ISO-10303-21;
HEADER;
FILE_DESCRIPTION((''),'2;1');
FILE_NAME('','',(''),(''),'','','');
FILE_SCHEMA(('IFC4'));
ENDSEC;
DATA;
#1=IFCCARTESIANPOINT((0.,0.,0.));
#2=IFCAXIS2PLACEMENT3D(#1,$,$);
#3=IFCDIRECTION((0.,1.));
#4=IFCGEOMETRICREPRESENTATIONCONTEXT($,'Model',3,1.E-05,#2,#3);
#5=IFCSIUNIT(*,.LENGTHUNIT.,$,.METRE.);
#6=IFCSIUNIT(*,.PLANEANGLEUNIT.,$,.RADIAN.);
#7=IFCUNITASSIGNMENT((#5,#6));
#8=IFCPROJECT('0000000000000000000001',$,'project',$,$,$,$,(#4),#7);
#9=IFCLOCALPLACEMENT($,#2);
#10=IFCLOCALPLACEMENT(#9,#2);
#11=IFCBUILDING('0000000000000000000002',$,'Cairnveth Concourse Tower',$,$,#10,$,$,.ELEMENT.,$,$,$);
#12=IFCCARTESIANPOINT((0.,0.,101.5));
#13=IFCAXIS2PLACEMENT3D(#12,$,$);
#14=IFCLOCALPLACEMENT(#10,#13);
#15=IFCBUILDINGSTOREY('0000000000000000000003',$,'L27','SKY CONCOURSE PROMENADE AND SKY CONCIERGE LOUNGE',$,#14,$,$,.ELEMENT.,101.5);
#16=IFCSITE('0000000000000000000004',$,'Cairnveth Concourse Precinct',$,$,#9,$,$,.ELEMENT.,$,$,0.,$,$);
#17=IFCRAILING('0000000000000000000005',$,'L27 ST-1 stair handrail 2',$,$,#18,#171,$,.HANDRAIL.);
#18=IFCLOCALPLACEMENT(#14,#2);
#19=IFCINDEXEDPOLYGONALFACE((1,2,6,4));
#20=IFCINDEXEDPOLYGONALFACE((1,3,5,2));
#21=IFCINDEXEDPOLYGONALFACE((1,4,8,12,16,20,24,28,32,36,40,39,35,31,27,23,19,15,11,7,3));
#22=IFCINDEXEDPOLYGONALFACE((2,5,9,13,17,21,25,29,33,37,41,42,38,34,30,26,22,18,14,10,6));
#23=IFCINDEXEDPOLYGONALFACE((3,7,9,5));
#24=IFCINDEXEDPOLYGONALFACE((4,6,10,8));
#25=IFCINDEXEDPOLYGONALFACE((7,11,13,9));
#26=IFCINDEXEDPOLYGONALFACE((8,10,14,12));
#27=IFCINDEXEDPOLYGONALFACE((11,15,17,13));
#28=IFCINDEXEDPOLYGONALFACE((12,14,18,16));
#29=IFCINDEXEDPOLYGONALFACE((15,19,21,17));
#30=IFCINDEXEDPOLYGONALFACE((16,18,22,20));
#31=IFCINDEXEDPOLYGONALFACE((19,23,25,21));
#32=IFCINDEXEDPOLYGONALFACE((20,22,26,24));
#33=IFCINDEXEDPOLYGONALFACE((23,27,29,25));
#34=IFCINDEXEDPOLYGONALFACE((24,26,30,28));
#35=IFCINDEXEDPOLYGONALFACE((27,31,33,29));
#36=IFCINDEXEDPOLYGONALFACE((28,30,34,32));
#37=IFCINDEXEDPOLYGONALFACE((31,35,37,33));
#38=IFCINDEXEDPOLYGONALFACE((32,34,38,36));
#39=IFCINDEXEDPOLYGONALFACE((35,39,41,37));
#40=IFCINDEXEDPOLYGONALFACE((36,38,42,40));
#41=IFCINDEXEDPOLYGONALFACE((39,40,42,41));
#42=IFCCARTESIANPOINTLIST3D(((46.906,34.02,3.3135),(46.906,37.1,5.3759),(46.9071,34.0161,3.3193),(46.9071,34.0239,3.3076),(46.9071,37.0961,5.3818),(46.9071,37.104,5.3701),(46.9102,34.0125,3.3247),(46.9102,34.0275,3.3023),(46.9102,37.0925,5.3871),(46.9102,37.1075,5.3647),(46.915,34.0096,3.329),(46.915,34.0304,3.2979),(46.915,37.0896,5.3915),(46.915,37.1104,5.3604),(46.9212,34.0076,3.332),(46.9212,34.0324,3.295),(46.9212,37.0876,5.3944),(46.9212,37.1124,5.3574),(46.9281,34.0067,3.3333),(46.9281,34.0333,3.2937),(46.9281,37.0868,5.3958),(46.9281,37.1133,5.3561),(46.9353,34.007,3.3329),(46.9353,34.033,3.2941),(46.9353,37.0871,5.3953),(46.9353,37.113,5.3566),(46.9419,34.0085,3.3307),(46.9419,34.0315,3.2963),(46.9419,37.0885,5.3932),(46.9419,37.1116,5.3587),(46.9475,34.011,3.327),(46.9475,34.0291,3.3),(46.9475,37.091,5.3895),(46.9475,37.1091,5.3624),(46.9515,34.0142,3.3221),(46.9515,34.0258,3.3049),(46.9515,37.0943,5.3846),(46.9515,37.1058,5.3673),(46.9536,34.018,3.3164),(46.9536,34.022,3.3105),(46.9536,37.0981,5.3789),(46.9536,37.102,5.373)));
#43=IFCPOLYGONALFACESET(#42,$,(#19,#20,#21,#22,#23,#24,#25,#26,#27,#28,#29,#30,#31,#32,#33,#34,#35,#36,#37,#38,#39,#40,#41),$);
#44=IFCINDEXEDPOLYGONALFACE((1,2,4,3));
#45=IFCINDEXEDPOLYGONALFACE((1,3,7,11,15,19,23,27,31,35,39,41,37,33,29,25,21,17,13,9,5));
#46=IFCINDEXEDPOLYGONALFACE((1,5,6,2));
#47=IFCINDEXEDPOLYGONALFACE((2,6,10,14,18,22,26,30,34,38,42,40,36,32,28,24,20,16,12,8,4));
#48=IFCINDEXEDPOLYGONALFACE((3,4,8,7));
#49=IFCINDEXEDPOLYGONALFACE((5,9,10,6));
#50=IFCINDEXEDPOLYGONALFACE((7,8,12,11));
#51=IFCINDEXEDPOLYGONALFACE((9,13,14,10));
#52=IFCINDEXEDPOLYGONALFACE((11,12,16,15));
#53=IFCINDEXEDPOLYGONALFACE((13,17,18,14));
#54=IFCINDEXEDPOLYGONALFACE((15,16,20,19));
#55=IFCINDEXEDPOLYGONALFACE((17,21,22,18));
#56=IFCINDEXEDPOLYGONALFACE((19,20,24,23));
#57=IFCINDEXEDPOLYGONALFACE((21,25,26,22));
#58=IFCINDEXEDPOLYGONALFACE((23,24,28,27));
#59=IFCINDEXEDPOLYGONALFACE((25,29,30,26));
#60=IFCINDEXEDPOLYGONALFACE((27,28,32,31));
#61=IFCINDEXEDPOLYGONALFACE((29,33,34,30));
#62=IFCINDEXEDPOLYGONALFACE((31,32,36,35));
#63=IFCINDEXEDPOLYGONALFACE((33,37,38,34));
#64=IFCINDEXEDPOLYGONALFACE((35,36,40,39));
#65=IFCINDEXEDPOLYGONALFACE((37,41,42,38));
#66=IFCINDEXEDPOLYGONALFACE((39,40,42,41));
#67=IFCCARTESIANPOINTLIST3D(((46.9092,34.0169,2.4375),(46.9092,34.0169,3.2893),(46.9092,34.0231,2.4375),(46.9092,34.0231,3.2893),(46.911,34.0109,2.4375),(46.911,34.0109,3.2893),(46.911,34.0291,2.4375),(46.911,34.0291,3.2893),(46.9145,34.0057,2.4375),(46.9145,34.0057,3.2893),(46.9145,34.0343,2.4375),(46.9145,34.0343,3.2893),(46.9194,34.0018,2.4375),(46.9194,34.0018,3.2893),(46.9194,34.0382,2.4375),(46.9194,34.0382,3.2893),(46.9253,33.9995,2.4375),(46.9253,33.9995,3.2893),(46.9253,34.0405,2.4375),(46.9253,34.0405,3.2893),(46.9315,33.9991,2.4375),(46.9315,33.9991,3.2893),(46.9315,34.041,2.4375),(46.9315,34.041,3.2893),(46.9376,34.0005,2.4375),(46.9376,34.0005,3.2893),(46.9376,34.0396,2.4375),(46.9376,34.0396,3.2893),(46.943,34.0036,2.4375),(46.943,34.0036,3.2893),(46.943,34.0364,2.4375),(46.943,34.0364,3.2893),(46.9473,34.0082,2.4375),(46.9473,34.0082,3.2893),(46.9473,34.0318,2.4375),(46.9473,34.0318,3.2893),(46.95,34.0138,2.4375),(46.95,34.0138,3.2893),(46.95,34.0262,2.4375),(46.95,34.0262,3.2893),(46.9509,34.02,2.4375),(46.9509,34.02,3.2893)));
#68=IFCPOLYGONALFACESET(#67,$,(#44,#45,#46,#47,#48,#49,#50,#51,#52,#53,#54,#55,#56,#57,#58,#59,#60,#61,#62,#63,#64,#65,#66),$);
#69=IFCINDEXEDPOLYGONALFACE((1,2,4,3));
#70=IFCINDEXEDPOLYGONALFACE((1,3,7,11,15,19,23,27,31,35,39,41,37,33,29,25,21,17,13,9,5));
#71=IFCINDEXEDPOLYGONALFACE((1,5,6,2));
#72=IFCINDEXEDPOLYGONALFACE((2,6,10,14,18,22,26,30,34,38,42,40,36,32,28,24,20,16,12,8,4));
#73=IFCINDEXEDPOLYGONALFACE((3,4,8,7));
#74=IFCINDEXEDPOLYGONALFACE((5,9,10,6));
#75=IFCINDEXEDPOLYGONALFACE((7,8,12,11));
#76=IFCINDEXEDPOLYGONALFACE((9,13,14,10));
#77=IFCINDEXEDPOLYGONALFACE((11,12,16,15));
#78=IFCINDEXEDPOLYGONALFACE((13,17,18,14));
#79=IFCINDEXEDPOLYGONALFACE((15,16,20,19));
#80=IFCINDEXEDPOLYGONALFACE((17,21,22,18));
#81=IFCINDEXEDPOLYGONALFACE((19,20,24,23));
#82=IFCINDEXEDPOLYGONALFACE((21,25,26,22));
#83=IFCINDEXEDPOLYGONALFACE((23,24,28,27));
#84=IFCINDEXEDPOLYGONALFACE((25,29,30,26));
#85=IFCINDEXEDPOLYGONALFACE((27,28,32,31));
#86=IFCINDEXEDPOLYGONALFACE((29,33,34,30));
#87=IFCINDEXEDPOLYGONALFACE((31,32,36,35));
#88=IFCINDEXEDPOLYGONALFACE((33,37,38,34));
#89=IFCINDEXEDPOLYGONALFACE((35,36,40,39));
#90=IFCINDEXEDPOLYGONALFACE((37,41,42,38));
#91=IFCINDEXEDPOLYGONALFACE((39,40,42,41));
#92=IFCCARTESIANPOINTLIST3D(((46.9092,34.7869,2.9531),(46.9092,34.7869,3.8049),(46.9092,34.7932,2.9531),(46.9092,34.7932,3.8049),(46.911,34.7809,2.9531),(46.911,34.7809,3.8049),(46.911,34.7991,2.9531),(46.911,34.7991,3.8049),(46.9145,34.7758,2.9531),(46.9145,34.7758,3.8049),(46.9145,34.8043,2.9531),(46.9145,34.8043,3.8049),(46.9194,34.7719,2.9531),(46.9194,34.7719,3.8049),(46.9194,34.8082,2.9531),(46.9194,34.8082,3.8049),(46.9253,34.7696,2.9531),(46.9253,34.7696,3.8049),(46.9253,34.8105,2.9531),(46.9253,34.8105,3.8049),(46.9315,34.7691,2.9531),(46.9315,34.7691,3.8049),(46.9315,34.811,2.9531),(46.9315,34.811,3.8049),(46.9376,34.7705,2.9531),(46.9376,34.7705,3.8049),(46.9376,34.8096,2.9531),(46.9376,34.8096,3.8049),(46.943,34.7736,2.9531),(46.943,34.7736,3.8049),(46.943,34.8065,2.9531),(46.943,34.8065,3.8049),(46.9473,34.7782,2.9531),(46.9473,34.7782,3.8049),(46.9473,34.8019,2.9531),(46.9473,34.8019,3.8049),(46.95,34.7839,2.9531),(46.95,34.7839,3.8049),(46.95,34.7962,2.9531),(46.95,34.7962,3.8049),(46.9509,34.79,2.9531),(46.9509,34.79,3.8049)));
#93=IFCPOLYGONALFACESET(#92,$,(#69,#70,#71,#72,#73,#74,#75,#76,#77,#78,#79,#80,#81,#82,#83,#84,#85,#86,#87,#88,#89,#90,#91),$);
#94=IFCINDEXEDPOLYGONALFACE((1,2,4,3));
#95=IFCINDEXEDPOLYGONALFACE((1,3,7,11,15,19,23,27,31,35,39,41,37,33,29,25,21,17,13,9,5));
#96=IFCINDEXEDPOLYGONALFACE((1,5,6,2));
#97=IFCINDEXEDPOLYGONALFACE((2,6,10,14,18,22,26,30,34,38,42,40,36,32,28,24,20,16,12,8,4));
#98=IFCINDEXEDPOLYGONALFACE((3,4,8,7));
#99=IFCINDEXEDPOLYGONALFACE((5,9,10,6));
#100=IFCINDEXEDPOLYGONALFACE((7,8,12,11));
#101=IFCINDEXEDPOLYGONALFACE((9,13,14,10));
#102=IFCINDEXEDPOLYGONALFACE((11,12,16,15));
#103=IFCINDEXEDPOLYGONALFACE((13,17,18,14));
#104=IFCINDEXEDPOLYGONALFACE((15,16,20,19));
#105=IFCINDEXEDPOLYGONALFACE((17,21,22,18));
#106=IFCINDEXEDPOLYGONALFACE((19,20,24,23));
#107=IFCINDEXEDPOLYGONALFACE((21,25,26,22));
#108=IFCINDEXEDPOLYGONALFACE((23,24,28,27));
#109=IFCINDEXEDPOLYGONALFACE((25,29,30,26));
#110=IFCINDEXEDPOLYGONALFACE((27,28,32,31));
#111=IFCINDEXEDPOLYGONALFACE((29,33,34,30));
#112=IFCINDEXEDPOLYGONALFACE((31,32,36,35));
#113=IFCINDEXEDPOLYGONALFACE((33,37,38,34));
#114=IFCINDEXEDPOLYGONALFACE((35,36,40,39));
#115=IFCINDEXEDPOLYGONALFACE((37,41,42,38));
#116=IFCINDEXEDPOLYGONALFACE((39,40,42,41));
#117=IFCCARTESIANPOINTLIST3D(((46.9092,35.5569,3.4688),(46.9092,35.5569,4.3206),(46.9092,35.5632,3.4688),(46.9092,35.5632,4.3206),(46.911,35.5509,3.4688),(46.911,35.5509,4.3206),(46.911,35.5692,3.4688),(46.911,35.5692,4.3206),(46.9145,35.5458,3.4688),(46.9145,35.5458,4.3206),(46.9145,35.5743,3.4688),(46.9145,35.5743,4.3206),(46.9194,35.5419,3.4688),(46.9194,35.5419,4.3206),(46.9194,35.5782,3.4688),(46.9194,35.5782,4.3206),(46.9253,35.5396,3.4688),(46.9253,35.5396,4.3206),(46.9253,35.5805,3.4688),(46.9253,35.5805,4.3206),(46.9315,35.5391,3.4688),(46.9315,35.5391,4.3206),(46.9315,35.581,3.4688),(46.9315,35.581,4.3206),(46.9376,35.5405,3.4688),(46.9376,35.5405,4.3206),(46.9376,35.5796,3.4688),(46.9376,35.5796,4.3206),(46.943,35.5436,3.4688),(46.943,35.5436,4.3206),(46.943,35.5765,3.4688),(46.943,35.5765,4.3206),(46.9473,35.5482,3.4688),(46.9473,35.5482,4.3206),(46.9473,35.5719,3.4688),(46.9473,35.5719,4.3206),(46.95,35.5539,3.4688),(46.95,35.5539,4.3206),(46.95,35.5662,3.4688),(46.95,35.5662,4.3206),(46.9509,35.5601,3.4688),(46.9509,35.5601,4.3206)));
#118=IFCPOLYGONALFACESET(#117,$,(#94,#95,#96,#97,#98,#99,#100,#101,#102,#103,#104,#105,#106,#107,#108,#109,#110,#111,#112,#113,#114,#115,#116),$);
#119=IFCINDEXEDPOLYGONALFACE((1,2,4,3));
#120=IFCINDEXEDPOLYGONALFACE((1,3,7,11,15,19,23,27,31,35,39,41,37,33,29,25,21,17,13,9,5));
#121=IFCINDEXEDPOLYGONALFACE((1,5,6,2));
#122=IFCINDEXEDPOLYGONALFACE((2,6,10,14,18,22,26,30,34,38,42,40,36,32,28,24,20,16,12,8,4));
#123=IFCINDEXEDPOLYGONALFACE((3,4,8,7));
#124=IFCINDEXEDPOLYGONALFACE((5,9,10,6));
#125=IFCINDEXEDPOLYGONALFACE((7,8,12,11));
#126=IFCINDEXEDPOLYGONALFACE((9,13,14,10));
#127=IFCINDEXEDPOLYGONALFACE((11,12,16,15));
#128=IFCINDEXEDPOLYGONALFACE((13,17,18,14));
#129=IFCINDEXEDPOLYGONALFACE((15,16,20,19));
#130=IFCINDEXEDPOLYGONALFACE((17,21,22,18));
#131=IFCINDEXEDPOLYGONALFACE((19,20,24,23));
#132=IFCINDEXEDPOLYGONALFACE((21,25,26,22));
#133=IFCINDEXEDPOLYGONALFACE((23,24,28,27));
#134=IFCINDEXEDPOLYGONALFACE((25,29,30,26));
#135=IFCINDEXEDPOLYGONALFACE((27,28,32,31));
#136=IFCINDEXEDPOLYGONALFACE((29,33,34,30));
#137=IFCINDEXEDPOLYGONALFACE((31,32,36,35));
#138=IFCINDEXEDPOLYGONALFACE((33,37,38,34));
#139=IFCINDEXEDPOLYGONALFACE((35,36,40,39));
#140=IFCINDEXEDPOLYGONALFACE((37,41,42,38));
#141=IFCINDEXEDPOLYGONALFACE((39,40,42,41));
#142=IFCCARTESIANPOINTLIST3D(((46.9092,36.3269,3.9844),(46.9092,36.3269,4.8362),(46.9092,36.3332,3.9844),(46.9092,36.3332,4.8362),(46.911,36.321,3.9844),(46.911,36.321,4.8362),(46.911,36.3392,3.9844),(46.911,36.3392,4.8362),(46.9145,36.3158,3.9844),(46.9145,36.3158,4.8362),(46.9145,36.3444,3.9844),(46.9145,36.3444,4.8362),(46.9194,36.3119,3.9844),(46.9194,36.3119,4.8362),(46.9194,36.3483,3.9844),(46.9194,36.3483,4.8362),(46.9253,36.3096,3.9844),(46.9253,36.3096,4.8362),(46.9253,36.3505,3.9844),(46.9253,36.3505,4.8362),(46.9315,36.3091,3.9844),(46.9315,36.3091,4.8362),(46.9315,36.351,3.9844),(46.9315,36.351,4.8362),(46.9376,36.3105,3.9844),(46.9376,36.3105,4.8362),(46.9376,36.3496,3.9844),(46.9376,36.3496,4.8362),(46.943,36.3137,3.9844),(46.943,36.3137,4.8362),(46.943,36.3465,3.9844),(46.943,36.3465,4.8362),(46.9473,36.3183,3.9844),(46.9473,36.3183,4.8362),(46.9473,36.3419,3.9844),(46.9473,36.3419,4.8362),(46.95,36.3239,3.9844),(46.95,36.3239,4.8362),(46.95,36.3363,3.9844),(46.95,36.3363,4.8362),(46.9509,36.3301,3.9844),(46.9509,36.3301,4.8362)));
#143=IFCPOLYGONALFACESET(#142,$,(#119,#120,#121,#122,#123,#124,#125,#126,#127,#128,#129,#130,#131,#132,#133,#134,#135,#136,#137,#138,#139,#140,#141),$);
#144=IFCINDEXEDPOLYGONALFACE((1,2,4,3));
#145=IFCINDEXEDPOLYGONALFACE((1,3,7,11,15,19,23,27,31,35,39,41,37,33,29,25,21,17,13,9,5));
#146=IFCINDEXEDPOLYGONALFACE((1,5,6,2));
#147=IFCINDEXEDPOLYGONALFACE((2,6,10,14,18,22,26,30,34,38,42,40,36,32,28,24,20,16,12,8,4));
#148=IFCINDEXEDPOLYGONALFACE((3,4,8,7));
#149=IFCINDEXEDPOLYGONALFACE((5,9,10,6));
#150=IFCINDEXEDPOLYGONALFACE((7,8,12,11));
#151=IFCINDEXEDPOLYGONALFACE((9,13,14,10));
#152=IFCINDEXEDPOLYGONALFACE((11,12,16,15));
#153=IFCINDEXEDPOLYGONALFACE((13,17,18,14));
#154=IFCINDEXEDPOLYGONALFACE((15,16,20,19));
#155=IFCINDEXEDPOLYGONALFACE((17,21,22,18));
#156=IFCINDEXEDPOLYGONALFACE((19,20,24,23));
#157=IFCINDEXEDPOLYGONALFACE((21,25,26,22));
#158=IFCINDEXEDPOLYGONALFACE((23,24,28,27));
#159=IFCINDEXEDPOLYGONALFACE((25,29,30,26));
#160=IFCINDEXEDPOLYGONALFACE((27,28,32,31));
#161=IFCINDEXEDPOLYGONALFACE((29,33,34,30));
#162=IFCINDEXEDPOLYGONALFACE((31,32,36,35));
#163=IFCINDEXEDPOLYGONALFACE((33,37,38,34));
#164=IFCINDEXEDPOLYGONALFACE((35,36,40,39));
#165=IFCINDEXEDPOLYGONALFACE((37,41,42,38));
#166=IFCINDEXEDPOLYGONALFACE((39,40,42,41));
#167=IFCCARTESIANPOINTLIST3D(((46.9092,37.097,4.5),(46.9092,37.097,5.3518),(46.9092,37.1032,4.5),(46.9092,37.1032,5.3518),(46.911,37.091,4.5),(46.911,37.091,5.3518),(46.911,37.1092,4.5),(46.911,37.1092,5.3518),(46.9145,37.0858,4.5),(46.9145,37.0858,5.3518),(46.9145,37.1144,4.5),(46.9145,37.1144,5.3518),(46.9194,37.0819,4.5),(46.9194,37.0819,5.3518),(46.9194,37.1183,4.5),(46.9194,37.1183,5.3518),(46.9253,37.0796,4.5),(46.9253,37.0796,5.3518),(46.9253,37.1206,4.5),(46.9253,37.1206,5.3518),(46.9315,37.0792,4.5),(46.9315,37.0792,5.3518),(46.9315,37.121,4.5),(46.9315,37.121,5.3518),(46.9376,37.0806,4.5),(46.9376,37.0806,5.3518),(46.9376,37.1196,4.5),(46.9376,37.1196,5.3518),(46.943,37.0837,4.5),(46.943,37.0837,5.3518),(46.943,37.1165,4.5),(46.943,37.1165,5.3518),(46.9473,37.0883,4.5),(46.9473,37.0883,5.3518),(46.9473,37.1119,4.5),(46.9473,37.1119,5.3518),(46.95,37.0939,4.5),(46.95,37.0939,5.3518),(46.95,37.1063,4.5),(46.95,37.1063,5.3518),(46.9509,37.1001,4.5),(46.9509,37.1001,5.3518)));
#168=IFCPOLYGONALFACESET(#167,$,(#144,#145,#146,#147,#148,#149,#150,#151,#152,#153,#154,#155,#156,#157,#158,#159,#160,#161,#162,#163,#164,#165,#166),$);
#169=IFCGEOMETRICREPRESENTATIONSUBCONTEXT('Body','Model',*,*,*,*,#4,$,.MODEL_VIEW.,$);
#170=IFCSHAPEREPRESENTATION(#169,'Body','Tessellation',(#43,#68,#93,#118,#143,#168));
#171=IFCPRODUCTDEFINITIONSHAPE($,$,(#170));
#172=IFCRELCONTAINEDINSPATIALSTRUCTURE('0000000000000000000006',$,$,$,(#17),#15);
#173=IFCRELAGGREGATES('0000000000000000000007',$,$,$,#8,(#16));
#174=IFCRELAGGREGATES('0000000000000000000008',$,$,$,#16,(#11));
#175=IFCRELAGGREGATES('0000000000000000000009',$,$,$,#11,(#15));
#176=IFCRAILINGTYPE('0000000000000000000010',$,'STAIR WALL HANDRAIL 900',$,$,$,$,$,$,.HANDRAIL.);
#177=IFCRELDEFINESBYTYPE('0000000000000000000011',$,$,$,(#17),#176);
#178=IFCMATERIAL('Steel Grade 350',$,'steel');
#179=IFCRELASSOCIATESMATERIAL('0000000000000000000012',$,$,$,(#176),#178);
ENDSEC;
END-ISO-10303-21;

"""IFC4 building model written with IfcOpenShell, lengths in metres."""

from ifc_helpers import new_model, si_unit, direction, frame, origin, origin_2d, place, context, subcontext, project, spatial, circle, extrude, material, type_object, element, save


model = new_model("IFC4")

# Units and contexts
model_context = context("Model", 3, precision=1e-05, world=origin(), true_north=direction((0.0, 1.0)))
body_context = subcontext(model_context, "Body", "Model", "MODEL_VIEW")
ifc_project = project(units=[si_unit("LENGTHUNIT", "METRE"), si_unit("PLANEANGLEUNIT", "RADIAN")], contexts=[model_context])

# Site, building, storey
site_placement = place(None, origin())
site = spatial("IfcSite", under=ifc_project, at=site_placement, Name="Cairnveth Concourse Precinct", CompositionType="ELEMENT", RefElevation=0.0)
building_placement = place(site_placement, origin())
building = spatial("IfcBuilding", under=site, at=building_placement, Name="Cairnveth Concourse Tower", CompositionType="ELEMENT")
storey_placement = place(building_placement, frame((0.0, 0.0, 101.5)))
storey = spatial("IfcBuildingStorey", under=building, at=storey_placement, Name="L27", Description="SKY CONCOURSE PROMENADE AND SKY CONCIERGE LOUNGE", CompositionType="ELEMENT", Elevation=101.5)

# Shared definitions
ifc_material_1 = material(Name="Steel Grade 350", Category="steel")

# Railing
railing_type_1 = type_object("IfcRailingType", Name="STAIR WALL HANDRAIL 900", PredefinedType="HANDRAIL", material=ifc_material_1)
railing_1_placement = place(storey_placement, frame((46.9299, 34.02, 2.4375)))
element("IfcRailing", 1, at=railing_1_placement, inside=storey, type_object=railing_type_1, Name="L27 ST-1 stair handrail 2", PredefinedType="HANDRAIL", context=body_context, shape_type="SweptSolid", body=[
    extrude(circle(Radius=0.0239, at=origin_2d()), frame((0.0, 0.0, 0.876), z_axis=(0.0, 0.830914, 0.556401), x_axis=(-1.0, 0.0, 0.0)), (0.0, 0.0, 1.0), 3.7068),
    extrude(circle(Radius=0.021, at=origin_2d()), origin(), (0.0, 0.0, 1.0), 0.8518),
    extrude(circle(Radius=0.021, at=origin_2d()), frame((0.0, 0.77, 0.5156)), (0.0, 0.0, 1.0), 0.8518),
    extrude(circle(Radius=0.021, at=origin_2d()), frame((0.0, 1.54, 1.0312)), (0.0, 0.0, 1.0), 0.8518),
    extrude(circle(Radius=0.021, at=origin_2d()), frame((0.0, 2.3101, 1.5469)), (0.0, 0.0, 1.0), 0.8518),
    extrude(circle(Radius=0.021, at=origin_2d()), frame((0.0, 3.0801, 2.0625)), (0.0, 0.0, 1.0), 0.8518),
])

save(model, "model.ifc")
